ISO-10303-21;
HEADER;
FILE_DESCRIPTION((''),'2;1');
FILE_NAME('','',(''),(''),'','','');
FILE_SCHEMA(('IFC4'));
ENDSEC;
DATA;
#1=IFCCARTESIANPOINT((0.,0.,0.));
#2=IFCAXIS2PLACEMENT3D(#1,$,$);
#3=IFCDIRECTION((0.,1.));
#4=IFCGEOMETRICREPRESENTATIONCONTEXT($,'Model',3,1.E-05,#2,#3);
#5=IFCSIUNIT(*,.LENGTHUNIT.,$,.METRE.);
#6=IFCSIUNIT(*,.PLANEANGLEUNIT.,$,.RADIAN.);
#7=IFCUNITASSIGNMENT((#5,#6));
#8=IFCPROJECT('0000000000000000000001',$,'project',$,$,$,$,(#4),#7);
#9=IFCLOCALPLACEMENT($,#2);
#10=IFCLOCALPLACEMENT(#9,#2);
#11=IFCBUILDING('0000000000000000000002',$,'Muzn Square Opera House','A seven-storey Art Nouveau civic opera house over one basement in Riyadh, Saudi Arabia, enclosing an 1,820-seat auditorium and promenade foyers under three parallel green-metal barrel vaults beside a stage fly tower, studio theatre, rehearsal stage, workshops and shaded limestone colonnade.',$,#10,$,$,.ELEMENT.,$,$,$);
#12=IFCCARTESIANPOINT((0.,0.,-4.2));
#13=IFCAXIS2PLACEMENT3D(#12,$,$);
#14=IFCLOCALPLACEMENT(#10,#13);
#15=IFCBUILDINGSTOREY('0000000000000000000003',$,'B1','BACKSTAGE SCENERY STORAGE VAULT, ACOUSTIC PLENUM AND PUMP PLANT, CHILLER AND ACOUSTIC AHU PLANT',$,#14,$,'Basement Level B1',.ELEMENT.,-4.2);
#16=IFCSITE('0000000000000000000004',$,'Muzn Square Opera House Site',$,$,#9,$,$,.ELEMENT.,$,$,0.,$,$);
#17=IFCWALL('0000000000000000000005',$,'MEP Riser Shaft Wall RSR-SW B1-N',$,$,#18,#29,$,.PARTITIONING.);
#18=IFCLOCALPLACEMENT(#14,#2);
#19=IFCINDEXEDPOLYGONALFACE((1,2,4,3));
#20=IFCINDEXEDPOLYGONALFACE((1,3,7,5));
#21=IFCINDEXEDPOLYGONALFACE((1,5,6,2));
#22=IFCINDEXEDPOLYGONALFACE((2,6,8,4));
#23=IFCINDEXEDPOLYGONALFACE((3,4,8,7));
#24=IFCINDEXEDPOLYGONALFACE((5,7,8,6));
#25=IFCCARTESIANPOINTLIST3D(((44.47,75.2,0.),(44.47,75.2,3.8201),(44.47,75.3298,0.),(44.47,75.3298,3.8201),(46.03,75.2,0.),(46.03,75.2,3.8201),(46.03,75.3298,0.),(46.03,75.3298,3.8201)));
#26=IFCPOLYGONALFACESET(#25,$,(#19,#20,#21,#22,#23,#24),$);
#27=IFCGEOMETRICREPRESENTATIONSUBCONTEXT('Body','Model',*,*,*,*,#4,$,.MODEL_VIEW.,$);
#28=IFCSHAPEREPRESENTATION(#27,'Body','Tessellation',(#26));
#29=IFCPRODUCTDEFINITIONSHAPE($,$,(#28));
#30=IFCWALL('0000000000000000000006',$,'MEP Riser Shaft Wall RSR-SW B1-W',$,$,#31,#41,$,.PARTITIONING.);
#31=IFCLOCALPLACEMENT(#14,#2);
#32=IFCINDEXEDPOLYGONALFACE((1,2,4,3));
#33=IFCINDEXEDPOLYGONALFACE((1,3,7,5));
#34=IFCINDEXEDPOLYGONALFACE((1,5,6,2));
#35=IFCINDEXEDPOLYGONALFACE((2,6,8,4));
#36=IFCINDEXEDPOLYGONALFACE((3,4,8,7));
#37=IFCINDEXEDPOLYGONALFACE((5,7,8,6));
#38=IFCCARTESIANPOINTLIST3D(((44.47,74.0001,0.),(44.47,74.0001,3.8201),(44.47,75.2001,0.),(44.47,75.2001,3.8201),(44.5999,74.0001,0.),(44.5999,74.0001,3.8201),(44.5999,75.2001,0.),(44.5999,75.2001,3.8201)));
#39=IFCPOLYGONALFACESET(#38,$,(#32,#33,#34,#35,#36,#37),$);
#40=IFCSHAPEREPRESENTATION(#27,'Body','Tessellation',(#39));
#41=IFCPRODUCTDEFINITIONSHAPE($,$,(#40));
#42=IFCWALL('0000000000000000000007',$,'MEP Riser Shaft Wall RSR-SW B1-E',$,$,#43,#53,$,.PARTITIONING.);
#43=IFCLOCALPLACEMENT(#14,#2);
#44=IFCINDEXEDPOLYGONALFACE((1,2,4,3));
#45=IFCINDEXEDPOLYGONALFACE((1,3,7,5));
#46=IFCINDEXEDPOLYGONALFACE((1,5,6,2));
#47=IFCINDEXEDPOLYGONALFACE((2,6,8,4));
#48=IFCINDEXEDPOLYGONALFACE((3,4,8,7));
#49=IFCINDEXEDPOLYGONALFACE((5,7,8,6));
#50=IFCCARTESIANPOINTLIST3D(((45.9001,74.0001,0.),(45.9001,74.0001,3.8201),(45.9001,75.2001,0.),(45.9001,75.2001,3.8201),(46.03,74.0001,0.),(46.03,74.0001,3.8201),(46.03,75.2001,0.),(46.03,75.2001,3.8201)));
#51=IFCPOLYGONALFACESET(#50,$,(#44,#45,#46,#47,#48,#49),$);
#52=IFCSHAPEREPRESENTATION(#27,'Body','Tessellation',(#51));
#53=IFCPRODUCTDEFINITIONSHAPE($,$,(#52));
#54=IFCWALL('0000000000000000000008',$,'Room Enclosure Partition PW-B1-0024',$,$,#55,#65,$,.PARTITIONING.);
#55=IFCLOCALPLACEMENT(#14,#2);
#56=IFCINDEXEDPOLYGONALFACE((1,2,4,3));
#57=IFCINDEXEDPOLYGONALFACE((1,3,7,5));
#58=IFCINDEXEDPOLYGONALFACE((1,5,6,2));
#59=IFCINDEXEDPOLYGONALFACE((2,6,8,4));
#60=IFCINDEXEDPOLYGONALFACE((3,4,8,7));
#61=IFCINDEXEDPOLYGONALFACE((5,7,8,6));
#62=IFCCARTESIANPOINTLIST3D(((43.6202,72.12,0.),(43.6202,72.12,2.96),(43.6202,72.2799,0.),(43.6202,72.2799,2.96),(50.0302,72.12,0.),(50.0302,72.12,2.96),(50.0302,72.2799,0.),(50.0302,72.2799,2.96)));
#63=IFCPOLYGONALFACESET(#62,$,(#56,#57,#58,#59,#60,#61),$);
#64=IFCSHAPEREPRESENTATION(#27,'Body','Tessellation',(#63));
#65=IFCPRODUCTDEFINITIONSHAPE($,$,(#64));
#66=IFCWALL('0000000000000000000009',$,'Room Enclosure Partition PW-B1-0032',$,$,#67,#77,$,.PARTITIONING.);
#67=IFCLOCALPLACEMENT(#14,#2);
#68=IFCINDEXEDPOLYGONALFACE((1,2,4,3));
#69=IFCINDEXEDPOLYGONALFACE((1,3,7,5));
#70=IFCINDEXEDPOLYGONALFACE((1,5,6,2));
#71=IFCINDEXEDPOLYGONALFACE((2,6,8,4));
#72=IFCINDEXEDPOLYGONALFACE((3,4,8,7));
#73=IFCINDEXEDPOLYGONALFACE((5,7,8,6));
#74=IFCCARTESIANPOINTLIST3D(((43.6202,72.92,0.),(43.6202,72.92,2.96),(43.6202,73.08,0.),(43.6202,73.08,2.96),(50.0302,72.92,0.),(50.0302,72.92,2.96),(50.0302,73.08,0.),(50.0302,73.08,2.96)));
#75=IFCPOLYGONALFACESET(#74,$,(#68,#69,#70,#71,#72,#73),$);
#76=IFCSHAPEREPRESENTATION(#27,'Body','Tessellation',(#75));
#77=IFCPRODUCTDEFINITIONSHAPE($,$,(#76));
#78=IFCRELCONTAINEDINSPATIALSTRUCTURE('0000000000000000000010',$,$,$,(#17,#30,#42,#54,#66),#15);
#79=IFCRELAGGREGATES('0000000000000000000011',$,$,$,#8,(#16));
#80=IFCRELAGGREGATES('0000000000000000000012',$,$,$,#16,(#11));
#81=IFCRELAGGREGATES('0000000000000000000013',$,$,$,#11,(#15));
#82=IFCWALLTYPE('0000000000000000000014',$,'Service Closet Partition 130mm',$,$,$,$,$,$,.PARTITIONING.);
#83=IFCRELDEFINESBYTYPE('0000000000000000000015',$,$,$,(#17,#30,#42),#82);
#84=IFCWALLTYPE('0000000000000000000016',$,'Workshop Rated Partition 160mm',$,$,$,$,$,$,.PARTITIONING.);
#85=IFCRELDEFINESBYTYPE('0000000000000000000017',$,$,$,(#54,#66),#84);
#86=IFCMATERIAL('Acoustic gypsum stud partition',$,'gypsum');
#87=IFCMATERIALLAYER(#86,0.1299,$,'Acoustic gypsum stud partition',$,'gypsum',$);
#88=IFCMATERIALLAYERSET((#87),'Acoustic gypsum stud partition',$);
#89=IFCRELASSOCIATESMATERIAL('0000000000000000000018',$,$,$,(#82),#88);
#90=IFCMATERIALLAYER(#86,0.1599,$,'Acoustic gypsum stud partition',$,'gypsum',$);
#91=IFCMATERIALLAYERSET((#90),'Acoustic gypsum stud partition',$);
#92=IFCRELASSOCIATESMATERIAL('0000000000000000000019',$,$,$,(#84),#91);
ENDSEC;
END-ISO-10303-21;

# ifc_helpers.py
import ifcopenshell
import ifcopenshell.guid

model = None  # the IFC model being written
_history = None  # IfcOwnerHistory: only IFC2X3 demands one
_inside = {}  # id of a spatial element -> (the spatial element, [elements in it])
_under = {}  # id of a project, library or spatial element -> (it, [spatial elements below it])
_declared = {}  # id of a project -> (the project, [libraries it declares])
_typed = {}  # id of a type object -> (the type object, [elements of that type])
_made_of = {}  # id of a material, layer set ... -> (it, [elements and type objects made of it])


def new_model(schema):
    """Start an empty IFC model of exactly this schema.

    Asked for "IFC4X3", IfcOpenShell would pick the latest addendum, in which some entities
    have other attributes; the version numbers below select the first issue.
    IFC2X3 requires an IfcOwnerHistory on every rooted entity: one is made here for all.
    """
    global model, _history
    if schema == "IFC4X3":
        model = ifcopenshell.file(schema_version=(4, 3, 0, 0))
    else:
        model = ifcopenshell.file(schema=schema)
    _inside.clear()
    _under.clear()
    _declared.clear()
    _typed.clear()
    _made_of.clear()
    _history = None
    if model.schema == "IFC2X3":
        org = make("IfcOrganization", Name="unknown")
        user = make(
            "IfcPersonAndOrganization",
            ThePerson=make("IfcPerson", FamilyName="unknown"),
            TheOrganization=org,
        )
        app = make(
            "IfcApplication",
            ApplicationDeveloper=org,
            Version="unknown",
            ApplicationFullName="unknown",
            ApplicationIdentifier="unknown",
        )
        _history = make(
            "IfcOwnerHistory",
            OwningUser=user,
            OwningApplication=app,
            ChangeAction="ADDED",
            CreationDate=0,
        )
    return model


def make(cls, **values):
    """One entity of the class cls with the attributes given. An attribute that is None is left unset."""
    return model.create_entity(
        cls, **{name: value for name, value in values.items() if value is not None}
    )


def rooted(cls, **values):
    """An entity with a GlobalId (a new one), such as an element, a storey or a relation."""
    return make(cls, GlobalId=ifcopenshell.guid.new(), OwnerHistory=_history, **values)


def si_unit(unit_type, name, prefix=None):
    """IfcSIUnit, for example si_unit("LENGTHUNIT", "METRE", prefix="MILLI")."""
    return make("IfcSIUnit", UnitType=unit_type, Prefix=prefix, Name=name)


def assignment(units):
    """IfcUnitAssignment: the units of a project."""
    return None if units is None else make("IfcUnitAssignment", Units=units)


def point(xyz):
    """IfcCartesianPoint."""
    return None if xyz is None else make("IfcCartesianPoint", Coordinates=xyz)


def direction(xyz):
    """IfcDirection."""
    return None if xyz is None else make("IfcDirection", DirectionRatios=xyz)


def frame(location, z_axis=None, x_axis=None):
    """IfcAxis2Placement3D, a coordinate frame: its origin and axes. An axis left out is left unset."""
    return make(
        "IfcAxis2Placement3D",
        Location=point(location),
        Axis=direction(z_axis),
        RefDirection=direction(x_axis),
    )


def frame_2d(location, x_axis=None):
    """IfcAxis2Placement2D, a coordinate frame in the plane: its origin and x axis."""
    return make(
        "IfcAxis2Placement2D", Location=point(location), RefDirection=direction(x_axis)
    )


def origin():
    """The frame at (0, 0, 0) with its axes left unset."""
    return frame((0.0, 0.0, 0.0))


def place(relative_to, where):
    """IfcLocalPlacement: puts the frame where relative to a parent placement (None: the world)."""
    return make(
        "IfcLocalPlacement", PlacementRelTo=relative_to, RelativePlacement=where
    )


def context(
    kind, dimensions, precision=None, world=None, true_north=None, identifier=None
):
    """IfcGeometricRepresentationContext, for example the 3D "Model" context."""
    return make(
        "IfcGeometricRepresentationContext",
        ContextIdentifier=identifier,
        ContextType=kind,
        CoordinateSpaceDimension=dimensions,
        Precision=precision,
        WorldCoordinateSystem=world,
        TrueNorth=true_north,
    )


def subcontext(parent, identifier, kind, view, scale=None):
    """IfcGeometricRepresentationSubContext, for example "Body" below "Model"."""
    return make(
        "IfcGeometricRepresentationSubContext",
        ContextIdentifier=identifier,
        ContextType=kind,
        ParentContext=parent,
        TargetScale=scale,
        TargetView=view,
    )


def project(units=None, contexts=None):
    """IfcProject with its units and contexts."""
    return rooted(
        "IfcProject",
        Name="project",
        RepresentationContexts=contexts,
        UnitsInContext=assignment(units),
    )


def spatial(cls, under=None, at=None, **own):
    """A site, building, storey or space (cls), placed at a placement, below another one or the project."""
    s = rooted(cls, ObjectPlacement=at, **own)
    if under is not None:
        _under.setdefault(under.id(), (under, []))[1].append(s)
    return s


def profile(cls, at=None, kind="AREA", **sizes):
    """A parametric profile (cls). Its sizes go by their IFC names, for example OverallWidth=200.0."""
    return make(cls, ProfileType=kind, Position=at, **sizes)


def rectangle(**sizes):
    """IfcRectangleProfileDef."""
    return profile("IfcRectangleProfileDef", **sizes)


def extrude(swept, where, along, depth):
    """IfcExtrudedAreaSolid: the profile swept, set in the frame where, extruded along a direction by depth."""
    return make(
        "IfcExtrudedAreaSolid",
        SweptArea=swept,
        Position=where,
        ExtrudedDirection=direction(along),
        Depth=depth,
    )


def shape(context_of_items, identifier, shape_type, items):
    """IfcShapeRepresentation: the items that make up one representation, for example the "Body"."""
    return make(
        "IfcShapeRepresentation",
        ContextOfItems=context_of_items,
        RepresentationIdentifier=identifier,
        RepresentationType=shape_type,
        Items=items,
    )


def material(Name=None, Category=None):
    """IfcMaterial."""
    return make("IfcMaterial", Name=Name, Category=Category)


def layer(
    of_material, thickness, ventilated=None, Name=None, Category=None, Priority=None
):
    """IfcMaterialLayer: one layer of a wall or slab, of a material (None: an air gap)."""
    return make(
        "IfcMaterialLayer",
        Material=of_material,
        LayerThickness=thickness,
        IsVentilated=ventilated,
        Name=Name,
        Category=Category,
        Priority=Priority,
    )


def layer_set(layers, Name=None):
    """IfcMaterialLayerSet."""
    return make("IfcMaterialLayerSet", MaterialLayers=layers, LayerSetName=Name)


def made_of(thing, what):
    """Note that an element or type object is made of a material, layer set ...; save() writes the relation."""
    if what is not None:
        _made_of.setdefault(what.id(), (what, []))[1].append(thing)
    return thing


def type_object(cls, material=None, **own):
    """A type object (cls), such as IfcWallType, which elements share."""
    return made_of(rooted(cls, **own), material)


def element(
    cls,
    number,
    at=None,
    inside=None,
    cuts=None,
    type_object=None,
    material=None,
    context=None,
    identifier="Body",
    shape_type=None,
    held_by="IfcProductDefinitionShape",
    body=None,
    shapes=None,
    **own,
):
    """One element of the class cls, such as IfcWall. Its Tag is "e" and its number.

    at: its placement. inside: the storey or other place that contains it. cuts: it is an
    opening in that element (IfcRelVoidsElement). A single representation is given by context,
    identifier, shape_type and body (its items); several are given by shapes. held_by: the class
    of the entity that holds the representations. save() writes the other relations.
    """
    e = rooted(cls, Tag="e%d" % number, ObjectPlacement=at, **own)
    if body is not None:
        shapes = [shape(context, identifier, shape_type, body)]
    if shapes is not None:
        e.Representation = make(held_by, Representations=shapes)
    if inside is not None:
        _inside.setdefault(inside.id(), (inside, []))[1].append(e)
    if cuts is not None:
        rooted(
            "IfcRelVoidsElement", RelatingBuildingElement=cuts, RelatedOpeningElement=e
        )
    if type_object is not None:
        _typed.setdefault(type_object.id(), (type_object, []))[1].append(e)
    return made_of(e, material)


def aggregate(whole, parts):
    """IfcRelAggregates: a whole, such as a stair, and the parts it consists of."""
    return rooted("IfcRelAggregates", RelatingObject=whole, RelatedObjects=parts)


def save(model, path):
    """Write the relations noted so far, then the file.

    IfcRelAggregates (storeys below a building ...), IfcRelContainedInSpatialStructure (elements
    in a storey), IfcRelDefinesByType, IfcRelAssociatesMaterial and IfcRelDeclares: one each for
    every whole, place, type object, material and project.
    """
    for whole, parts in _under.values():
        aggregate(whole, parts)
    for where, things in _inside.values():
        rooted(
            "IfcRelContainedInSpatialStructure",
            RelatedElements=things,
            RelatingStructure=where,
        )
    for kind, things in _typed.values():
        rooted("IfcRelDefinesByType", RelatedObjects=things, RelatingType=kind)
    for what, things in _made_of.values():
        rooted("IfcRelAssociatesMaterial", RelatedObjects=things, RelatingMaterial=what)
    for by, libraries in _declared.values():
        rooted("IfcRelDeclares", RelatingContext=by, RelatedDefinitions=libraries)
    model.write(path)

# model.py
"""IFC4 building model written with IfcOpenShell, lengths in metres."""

from ifc_helpers import new_model, si_unit, direction, frame, frame_2d, origin, place, context, subcontext, project, spatial, rectangle, extrude, material, layer, layer_set, type_object, element, save


model = new_model("IFC4")

# Units and contexts
model_context = context("Model", 3, precision=1e-05, world=origin(), true_north=direction((0.0, 1.0)))
body_context = subcontext(model_context, "Body", "Model", "MODEL_VIEW")
ifc_project = project(units=[si_unit("LENGTHUNIT", "METRE"), si_unit("PLANEANGLEUNIT", "RADIAN")], contexts=[model_context])

# Site, building, storey
site_placement = place(None, origin())
site = spatial("IfcSite", under=ifc_project, at=site_placement, Name="Muzn Square Opera House Site", CompositionType="ELEMENT", RefElevation=0.0)
building_placement = place(site_placement, origin())
building = spatial("IfcBuilding", under=site, at=building_placement, Name="Muzn Square Opera House", Description="A seven-storey Art Nouveau civic opera house over one basement in Riyadh, Saudi Arabia, enclosing an 1,820-seat auditorium and promenade foyers under three parallel green-metal barrel vaults beside a stage fly tower, studio theatre, rehearsal stage, workshops and shaded limestone colonnade.", CompositionType="ELEMENT")
storey_placement = place(building_placement, frame((0.0, 0.0, -4.2)))
storey = spatial("IfcBuildingStorey", under=building, at=storey_placement, Name="B1", Description="BACKSTAGE SCENERY STORAGE VAULT, ACOUSTIC PLENUM AND PUMP PLANT, CHILLER AND ACOUSTIC AHU PLANT", LongName="Basement Level B1", CompositionType="ELEMENT", Elevation=-4.2)

# Walls
ifc_material_1 = material(Name="Acoustic gypsum stud partition", Category="gypsum")
ifc_layer_1 = layer(ifc_material_1, 0.1299, Name="Acoustic gypsum stud partition", Category="gypsum")
ifc_layer_set_1 = layer_set([ifc_layer_1], Name="Acoustic gypsum stud partition")
wall_type_1 = type_object("IfcWallType", Name="Service Closet Partition 130mm", PredefinedType="PARTITIONING", material=ifc_layer_set_1)
for number, where, z_axis, x_axis, name in (
    (1, (44.47, 75.2649, 0.0), (0.0, 0.0, 1.0), (1.0, 0.0, 0.0), "MEP Riser Shaft Wall RSR-SW B1-N"),
):
    element("IfcWall", number, at=place(storey_placement, frame(where, z_axis=z_axis, x_axis=x_axis)), inside=storey, type_object=wall_type_1, Name=name, PredefinedType="PARTITIONING", context=body_context, shape_type="SweptSolid", body=[
        extrude(rectangle(XDim=1.5601, YDim=0.1299, at=frame_2d((0.78, 0.0))), origin(), (0.0, 0.0, 1.0), 3.8201),
    ])
for number, where, z_axis, x_axis, name in (
    (2, (44.5349, 74.0, 0.0), (0.0, 0.0, 1.0), (0.0, 1.0, 0.0), "MEP Riser Shaft Wall RSR-SW B1-W"),
    (3, (45.9651, 74.0, 0.0), (0.0, 0.0, 1.0), (0.0, 1.0, 0.0), "MEP Riser Shaft Wall RSR-SW B1-E"),
):
    element("IfcWall", number, at=place(storey_placement, frame(where, z_axis=z_axis, x_axis=x_axis)), inside=storey, type_object=wall_type_1, Name=name, PredefinedType="PARTITIONING", context=body_context, shape_type="SweptSolid", body=[
        extrude(rectangle(XDim=1.2, YDim=0.1299, at=frame_2d((0.6001, 0.0))), origin(), (0.0, 0.0, 1.0), 3.8201),
    ])
ifc_layer_2 = layer(ifc_material_1, 0.1599, Name="Acoustic gypsum stud partition", Category="gypsum")
ifc_layer_set_2 = layer_set([ifc_layer_2], Name="Acoustic gypsum stud partition")
wall_type_2 = type_object("IfcWallType", Name="Workshop Rated Partition 160mm", PredefinedType="PARTITIONING", material=ifc_layer_set_2)
for number, where, z_axis, x_axis, name in (
    (4, (43.6201, 72.2, 0.0), (0.0, 0.0, 1.0), (1.0, 0.0, 0.0), "Room Enclosure Partition PW-B1-0024"),
    (5, (43.6201, 73.0, 0.0), (0.0, 0.0, 1.0), (1.0, 0.0, 0.0), "Room Enclosure Partition PW-B1-0032"),
):
    element("IfcWall", number, at=place(storey_placement, frame(where, z_axis=z_axis, x_axis=x_axis)), inside=storey, type_object=wall_type_2, Name=name, PredefinedType="PARTITIONING", context=body_context, shape_type="SweptSolid", body=[
        extrude(rectangle(XDim=6.4099, YDim=0.1599, at=frame_2d((3.2051, 0.0))), origin(), (0.0, 0.0, 1.0), 2.96),
    ])

save(model, "model.ifc")
